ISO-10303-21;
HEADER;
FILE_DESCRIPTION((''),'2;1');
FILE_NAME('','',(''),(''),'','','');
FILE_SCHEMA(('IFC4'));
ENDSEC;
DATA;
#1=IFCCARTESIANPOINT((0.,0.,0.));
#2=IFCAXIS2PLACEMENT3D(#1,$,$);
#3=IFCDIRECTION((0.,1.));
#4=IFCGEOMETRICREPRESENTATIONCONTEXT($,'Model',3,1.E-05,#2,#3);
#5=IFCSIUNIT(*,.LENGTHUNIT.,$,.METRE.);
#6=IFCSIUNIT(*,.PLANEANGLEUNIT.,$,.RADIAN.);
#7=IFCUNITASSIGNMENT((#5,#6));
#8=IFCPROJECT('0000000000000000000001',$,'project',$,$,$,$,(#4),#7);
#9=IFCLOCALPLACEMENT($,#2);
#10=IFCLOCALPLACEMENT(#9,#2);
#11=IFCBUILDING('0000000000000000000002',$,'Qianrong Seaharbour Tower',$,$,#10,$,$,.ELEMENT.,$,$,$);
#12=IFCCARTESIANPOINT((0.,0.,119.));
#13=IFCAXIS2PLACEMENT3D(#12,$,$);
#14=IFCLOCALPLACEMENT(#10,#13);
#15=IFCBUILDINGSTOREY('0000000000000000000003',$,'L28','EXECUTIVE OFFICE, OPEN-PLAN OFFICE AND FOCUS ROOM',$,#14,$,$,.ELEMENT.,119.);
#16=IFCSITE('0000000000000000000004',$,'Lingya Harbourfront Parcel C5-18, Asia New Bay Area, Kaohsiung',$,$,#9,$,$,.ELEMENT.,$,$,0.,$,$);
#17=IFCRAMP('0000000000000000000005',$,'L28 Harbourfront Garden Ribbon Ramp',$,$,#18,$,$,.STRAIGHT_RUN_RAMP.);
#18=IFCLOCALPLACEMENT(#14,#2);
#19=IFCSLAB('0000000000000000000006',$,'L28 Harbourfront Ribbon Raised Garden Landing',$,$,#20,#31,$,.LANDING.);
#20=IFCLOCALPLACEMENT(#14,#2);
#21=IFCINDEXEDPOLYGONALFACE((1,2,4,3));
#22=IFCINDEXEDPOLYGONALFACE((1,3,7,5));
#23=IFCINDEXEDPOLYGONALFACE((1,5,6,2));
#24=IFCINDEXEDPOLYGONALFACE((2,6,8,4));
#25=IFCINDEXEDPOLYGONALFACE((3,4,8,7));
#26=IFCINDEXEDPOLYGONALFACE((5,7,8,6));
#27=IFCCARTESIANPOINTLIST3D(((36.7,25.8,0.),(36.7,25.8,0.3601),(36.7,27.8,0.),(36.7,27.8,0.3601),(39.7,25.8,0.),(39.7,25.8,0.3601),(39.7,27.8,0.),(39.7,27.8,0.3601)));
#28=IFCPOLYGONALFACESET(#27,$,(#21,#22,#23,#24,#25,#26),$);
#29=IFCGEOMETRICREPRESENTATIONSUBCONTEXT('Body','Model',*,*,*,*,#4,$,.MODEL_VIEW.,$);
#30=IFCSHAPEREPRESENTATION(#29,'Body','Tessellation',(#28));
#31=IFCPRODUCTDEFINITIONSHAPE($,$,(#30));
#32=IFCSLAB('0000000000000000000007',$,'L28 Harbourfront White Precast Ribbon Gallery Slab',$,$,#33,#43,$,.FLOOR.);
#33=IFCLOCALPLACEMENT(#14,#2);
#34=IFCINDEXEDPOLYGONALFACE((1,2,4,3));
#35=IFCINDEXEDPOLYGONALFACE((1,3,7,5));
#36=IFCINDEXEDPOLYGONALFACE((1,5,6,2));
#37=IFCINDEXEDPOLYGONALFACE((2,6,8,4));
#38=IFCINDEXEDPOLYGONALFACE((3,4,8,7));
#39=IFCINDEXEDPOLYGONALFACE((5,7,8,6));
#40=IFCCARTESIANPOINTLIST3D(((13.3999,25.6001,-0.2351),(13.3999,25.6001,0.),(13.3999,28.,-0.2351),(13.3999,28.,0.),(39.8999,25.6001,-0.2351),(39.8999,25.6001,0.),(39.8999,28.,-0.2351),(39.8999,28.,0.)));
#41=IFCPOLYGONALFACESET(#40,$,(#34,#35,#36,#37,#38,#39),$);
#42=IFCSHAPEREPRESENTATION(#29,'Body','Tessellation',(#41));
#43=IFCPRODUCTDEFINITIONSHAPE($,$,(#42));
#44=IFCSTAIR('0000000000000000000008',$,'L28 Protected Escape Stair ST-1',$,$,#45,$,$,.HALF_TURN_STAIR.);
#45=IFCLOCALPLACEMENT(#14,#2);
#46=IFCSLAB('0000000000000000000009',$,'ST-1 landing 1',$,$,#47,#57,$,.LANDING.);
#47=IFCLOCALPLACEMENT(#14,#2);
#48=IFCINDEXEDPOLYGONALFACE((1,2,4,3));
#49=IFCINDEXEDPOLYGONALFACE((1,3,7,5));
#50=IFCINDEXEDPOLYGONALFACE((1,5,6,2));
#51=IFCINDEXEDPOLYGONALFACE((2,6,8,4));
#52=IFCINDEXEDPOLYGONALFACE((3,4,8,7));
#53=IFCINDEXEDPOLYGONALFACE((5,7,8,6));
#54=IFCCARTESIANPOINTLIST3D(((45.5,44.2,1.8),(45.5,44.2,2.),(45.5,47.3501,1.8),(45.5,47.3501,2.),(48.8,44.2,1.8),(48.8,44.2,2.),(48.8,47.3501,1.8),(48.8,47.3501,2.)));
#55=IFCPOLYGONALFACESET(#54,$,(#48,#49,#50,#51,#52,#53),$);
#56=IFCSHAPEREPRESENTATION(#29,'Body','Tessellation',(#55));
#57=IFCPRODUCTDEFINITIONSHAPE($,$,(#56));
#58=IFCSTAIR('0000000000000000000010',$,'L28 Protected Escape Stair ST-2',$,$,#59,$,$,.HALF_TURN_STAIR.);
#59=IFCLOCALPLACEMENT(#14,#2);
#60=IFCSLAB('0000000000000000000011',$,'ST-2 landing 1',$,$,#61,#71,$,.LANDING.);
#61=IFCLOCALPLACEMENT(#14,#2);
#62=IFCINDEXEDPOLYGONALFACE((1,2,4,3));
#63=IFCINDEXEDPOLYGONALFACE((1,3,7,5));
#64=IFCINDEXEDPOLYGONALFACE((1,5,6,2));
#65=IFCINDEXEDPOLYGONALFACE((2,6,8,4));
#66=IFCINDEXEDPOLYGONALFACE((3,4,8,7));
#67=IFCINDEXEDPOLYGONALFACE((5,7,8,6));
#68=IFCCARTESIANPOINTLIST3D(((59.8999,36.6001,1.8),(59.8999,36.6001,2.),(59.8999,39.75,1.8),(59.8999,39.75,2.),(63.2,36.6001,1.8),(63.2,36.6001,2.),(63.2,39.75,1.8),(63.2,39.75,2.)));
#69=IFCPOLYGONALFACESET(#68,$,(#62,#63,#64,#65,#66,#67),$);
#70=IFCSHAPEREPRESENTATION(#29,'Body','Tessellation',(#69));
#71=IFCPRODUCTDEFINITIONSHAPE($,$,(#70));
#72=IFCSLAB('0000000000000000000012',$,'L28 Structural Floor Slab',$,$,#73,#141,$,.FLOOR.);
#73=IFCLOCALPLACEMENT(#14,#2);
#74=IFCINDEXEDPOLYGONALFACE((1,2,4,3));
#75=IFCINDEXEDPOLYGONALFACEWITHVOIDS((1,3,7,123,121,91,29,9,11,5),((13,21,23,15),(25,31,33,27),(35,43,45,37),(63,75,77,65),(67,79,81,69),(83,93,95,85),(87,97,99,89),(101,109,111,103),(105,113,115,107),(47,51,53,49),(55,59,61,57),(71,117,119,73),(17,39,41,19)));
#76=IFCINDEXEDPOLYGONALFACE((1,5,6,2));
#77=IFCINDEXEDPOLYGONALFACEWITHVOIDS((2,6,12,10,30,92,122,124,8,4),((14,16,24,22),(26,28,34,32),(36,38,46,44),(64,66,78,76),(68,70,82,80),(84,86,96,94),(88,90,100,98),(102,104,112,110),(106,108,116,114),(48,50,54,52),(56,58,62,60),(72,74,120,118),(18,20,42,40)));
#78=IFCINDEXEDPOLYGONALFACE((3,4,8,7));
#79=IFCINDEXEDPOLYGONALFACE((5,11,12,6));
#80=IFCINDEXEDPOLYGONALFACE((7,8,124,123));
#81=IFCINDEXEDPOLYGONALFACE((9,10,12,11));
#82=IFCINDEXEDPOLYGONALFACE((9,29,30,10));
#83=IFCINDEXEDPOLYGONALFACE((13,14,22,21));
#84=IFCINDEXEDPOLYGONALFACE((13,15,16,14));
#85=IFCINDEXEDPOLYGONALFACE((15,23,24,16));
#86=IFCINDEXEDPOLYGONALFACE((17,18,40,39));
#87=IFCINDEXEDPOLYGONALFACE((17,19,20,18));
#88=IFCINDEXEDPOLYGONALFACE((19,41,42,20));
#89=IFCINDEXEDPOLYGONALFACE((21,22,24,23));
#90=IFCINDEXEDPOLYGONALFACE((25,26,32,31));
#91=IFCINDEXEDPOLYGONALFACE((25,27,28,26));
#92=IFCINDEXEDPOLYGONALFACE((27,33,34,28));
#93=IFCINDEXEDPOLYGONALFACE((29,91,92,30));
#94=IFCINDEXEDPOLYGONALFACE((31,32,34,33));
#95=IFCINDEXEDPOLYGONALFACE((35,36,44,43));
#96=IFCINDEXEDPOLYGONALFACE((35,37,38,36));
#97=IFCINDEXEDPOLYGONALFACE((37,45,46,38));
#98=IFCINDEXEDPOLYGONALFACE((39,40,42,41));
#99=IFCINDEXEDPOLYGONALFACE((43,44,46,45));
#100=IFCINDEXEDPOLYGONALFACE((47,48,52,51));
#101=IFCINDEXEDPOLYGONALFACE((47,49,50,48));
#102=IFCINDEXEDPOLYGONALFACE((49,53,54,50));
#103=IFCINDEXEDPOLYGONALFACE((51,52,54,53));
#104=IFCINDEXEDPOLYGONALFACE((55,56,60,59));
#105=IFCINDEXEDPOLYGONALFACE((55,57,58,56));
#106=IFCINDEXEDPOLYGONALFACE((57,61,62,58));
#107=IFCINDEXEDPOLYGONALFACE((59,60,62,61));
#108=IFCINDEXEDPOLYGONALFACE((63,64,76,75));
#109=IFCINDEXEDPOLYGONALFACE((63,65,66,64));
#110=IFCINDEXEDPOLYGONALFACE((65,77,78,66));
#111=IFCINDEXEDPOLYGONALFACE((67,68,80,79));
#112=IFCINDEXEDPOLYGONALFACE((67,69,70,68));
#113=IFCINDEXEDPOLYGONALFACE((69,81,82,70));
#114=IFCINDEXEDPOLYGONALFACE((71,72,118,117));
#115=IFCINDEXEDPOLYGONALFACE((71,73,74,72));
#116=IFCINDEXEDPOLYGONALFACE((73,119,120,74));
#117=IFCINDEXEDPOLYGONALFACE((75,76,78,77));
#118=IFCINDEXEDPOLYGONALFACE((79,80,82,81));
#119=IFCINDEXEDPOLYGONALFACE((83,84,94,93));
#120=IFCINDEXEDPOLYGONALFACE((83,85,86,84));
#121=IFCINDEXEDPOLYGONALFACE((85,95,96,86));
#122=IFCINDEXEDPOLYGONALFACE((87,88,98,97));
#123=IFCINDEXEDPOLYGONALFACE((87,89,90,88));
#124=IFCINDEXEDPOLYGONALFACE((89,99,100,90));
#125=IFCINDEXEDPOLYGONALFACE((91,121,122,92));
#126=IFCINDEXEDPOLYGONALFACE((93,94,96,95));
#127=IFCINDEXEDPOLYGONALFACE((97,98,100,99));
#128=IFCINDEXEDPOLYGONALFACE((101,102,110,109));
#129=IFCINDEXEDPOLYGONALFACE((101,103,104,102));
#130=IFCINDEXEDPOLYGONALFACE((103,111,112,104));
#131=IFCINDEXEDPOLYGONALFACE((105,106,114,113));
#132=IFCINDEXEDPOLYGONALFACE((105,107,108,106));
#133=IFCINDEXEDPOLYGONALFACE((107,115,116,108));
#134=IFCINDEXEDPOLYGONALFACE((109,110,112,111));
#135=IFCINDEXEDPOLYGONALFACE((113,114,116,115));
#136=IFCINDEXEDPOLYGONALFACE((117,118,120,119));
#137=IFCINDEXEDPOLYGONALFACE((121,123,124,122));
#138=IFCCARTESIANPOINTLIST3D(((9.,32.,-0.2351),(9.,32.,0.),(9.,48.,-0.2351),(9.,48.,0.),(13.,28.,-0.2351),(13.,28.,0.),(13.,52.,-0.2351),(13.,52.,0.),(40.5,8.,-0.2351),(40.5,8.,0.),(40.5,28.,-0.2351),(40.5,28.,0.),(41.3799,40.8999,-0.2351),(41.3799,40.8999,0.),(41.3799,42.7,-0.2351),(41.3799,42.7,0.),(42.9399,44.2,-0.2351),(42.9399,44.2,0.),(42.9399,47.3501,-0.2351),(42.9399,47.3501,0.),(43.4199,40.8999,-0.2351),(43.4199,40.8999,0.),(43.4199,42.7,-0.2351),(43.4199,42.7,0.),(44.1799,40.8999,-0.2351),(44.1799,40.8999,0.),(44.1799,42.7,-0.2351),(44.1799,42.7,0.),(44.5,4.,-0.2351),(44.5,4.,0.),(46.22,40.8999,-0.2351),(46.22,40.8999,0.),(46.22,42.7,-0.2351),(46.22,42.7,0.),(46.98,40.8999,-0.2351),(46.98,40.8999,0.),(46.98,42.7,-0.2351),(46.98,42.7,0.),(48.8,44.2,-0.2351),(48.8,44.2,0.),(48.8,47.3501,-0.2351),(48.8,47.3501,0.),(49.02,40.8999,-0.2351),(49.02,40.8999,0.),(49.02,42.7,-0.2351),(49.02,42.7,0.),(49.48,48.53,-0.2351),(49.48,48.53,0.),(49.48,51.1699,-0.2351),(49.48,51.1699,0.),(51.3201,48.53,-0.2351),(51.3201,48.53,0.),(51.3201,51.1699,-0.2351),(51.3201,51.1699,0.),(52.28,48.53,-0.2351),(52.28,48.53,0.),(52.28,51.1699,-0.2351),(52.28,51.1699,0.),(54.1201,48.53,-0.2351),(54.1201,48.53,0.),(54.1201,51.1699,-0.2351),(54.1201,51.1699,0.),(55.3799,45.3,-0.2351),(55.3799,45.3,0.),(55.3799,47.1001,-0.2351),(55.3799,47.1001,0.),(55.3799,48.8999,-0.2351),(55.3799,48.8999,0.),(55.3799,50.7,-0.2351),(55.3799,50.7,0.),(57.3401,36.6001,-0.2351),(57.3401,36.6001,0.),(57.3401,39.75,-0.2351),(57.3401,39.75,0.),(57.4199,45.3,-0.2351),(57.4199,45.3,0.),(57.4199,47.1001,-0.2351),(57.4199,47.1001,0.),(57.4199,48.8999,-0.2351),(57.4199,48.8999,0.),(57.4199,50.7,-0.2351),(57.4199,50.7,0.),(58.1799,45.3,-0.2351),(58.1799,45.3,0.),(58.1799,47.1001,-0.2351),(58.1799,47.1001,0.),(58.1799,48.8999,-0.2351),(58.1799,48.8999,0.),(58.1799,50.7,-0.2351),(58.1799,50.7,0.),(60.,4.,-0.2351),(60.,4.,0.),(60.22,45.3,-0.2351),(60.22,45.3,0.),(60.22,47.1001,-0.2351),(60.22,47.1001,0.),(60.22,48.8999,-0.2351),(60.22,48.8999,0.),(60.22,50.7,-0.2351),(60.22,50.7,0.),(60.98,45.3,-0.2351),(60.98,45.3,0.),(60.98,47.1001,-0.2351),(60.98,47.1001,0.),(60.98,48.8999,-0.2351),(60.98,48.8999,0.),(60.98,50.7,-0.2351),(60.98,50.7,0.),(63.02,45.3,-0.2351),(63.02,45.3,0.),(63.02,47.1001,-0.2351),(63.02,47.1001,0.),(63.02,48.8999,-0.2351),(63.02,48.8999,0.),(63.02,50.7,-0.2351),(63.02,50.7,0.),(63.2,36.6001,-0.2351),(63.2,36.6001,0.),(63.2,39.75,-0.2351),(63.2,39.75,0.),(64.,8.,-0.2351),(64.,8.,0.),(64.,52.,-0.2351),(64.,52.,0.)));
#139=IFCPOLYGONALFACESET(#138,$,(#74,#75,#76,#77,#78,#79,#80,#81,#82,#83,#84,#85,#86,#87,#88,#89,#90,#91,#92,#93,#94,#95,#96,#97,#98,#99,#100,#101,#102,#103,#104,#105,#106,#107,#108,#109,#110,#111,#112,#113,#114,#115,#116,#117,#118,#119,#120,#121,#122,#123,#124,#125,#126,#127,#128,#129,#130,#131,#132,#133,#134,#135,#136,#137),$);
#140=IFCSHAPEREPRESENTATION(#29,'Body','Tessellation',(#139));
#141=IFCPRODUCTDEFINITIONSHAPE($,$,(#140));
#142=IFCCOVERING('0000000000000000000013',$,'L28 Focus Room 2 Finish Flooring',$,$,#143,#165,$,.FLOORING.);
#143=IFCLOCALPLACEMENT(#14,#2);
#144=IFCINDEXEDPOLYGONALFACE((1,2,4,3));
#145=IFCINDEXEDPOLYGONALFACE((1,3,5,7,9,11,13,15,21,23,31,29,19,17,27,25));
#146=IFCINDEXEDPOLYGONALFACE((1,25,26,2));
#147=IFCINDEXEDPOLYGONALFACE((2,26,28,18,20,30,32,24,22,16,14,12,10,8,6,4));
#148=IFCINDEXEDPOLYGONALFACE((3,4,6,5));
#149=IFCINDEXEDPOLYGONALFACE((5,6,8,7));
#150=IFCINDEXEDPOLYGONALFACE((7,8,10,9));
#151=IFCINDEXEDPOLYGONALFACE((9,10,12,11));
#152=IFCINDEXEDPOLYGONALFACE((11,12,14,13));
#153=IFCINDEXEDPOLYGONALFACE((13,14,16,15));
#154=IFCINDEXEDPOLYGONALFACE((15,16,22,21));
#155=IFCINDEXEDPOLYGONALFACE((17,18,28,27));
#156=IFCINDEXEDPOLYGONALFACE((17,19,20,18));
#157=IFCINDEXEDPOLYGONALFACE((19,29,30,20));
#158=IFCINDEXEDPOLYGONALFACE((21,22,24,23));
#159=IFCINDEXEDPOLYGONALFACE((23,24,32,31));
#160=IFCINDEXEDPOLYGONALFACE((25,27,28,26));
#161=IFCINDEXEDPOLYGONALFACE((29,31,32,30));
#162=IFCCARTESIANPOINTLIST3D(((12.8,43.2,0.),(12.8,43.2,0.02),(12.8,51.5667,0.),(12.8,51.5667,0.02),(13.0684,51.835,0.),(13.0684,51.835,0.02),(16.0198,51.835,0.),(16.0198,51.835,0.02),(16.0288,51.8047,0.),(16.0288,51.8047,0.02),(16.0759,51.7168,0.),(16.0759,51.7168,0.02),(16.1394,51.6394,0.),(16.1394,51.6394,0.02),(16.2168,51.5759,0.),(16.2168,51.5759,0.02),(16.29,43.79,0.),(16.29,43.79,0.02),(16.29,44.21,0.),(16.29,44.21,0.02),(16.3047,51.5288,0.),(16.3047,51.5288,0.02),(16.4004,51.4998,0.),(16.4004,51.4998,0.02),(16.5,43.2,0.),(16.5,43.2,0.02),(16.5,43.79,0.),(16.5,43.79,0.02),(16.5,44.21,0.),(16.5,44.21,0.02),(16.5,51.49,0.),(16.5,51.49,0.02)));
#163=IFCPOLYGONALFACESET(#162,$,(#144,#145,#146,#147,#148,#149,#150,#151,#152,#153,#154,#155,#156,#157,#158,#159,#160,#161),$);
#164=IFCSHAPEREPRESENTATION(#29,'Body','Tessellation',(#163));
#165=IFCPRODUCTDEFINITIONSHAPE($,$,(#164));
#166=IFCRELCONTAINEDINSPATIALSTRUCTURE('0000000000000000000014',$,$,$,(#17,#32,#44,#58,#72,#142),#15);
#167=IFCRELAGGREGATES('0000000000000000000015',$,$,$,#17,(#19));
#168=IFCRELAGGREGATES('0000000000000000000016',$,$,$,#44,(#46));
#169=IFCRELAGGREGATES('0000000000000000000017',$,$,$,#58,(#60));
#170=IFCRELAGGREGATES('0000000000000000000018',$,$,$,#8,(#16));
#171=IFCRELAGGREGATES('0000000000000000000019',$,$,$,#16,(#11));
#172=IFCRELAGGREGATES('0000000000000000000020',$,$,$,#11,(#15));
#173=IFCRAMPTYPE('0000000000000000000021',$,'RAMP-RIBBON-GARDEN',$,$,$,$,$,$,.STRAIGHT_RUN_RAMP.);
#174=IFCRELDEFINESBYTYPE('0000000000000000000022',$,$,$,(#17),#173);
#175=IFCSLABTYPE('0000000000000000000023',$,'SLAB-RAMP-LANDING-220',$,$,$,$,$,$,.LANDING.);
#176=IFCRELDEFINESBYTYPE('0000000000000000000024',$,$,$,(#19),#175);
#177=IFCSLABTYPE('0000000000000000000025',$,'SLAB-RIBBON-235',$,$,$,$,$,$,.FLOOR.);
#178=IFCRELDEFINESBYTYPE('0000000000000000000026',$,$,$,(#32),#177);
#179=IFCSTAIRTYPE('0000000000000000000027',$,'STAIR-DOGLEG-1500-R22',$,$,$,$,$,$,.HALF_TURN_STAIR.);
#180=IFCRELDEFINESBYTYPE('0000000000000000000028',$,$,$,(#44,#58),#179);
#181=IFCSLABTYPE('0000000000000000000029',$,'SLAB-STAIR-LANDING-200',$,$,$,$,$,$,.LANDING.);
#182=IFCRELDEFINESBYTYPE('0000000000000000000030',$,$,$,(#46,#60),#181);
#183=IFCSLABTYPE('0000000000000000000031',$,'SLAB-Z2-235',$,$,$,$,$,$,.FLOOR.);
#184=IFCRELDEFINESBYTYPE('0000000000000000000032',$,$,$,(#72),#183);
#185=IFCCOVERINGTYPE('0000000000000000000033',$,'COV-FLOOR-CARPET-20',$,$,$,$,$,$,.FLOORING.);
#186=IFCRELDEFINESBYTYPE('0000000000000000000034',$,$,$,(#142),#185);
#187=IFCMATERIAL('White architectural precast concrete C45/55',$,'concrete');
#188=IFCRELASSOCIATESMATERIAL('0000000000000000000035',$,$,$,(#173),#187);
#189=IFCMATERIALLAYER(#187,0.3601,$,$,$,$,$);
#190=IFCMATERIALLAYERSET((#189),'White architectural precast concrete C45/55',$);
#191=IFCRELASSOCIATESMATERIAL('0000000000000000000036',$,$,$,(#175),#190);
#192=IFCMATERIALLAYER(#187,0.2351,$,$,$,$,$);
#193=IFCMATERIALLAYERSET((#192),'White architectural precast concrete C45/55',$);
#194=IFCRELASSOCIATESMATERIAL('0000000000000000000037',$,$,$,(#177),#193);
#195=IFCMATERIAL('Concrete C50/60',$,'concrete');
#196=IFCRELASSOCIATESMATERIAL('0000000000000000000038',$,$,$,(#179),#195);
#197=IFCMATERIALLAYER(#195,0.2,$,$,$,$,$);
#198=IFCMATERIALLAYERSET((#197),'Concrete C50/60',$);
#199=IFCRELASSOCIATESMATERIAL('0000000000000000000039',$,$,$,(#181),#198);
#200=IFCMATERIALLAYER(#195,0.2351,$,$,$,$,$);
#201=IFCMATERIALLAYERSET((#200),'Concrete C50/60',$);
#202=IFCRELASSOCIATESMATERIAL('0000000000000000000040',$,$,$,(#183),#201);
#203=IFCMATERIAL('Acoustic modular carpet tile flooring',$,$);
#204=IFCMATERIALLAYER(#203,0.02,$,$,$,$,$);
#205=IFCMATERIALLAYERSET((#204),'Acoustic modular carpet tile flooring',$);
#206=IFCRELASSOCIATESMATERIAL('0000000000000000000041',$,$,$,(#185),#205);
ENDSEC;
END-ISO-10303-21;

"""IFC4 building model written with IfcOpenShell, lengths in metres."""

from ifc_helpers import new_model, si_unit, direction, frame, origin, place, context, subcontext, project, spatial, polyline, outline, extrude, material, layer, layer_set, type_object, element, aggregate, save


model = new_model("IFC4")

# Units and contexts
model_context = context("Model", 3, precision=1e-05, world=origin(), true_north=direction((0.0, 1.0)))
body_context = subcontext(model_context, "Body", "Model", "MODEL_VIEW")
ifc_project = project(units=[si_unit("LENGTHUNIT", "METRE"), si_unit("PLANEANGLEUNIT", "RADIAN")], contexts=[model_context])

# Site, building, storey
site_placement = place(None, origin())
site = spatial("IfcSite", under=ifc_project, at=site_placement, Name="Lingya Harbourfront Parcel C5-18, Asia New Bay Area, Kaohsiung", CompositionType="ELEMENT", RefElevation=0.0)
building_placement = place(site_placement, origin())
building = spatial("IfcBuilding", under=site, at=building_placement, Name="Qianrong Seaharbour Tower", CompositionType="ELEMENT")
storey_placement = place(building_placement, frame((0.0, 0.0, 119.0)))
storey = spatial("IfcBuildingStorey", under=building, at=storey_placement, Name="L28", Description="EXECUTIVE OFFICE, OPEN-PLAN OFFICE AND FOCUS ROOM", CompositionType="ELEMENT", Elevation=119.0)

# Ramp, slab
ifc_material_1 = material(Name="White architectural precast concrete C45/55", Category="concrete")
ramp_type = type_object("IfcRampType", Name="RAMP-RIBBON-GARDEN", PredefinedType="STRAIGHT_RUN_RAMP", material=ifc_material_1)
ramp_placement = place(storey_placement, origin())
ramp = element("IfcRamp", 1, at=ramp_placement, inside=storey, type_object=ramp_type, Name="L28 Harbourfront Garden Ribbon Ramp", PredefinedType="STRAIGHT_RUN_RAMP")
ifc_layer_1 = layer(ifc_material_1, 0.3601)
ifc_layer_set_1 = layer_set([ifc_layer_1], Name="White architectural precast concrete C45/55")
slab_type_1 = type_object("IfcSlabType", Name="SLAB-RAMP-LANDING-220", PredefinedType="LANDING", material=ifc_layer_set_1)
slab_1_placement = place(storey_placement, origin())
slab_1 = element("IfcSlab", 2, at=slab_1_placement, type_object=slab_type_1, Name="L28 Harbourfront Ribbon Raised Garden Landing", PredefinedType="LANDING", context=body_context, shape_type="SweptSolid", body=[
    extrude(outline(polyline([(36.7, 25.8), (39.7, 25.8), (39.7, 27.8), (36.7, 27.8), (36.7, 25.8)])), origin(), (0.0, 0.0, 1.0), 0.3601),
])
aggregate(ramp, [slab_1])

# Slab
ifc_layer_2 = layer(ifc_material_1, 0.2351)
ifc_layer_set_2 = layer_set([ifc_layer_2], Name="White architectural precast concrete C45/55")
slab_type_2 = type_object("IfcSlabType", Name="SLAB-RIBBON-235", PredefinedType="FLOOR", material=ifc_layer_set_2)
slab_2_placement = place(storey_placement, frame((0.0, 0.0, -0.2351)))
element("IfcSlab", 3, at=slab_2_placement, inside=storey, type_object=slab_type_2, Name="L28 Harbourfront White Precast Ribbon Gallery Slab", PredefinedType="FLOOR", context=body_context, shape_type="SweptSolid", body=[
    extrude(outline(polyline([(13.3999, 25.6001), (39.8999, 25.6001), (39.8999, 28.0), (13.3999, 28.0), (13.3999, 25.6001)])), origin(), (0.0, 0.0, 1.0), 0.2351),
])

# Stairs, slabs
ifc_material_2 = material(Name="Concrete C50/60", Category="concrete")
stair_type = type_object("IfcStairType", Name="STAIR-DOGLEG-1500-R22", PredefinedType="HALF_TURN_STAIR", material=ifc_material_2)
stair_1_placement = place(storey_placement, origin())
stair_1 = element("IfcStair", 4, at=stair_1_placement, inside=storey, type_object=stair_type, Name="L28 Protected Escape Stair ST-1", PredefinedType="HALF_TURN_STAIR")
ifc_layer_3 = layer(ifc_material_2, 0.2)
ifc_layer_set_3 = layer_set([ifc_layer_3], Name="Concrete C50/60")
slab_type_3 = type_object("IfcSlabType", Name="SLAB-STAIR-LANDING-200", PredefinedType="LANDING", material=ifc_layer_set_3)
slab_3_placement = place(storey_placement, frame((0.0, 0.0, 1.8)))
slab_3 = element("IfcSlab", 5, at=slab_3_placement, type_object=slab_type_3, Name="ST-1 landing 1", PredefinedType="LANDING", context=body_context, shape_type="SweptSolid", body=[
    extrude(outline(polyline([(45.5, 44.2), (48.8, 44.2), (48.8, 47.3501), (45.5, 47.3501), (45.5, 44.2)])), origin(), (0.0, 0.0, 1.0), 0.2),
])
aggregate(stair_1, [slab_3])
stair_2_placement = place(storey_placement, origin())
stair_2 = element("IfcStair", 6, at=stair_2_placement, inside=storey, type_object=stair_type, Name="L28 Protected Escape Stair ST-2", PredefinedType="HALF_TURN_STAIR")
slab_4_placement = place(storey_placement, frame((0.0, 0.0, 1.8)))
slab_4 = element("IfcSlab", 7, at=slab_4_placement, type_object=slab_type_3, Name="ST-2 landing 1", PredefinedType="LANDING", context=body_context, shape_type="SweptSolid", body=[
    extrude(outline(polyline([(59.8999, 36.6001), (63.2, 36.6001), (63.2, 39.75), (59.8999, 39.75), (59.8999, 36.6001)])), origin(), (0.0, 0.0, 1.0), 0.2),
])
aggregate(stair_2, [slab_4])

# Slab
ifc_layer_4 = layer(ifc_material_2, 0.2351)
ifc_layer_set_4 = layer_set([ifc_layer_4], Name="Concrete C50/60")
slab_type_4 = type_object("IfcSlabType", Name="SLAB-Z2-235", PredefinedType="FLOOR", material=ifc_layer_set_4)
slab_5_placement = place(storey_placement, frame((0.0, 0.0, -0.2351)))
element("IfcSlab", 8, at=slab_5_placement, inside=storey, type_object=slab_type_4, Name="L28 Structural Floor Slab", PredefinedType="FLOOR", context=body_context, shape_type="SweptSolid", body=[
    extrude(outline(polyline([(44.5, 4.0), (60.0, 4.0), (64.0, 8.0), (64.0, 52.0), (13.0, 52.0), (9.0, 48.0), (9.0, 32.0), (13.0, 28.0), (40.5, 28.0), (40.5, 8.0), (44.5, 4.0)]), holes=[polyline([(42.9399, 44.2), (42.9399, 47.3501), (48.8, 47.3501), (48.8, 44.2), (42.9399, 44.2)]), polyline([(57.3401, 36.6001), (57.3401, 39.75), (63.2, 39.75), (63.2, 36.6001), (57.3401, 36.6001)]), polyline([(49.48, 48.53), (49.48, 51.1699), (51.3201, 51.1699), (51.3201, 48.53), (49.48, 48.53)]), polyline([(52.28, 48.53), (52.28, 51.1699), (54.1201, 51.1699), (54.1201, 48.53), (52.28, 48.53)]), polyline([(41.3799, 40.8999), (41.3799, 42.7), (43.4199, 42.7), (43.4199, 40.8999), (41.3799, 40.8999)]), polyline([(44.1799, 40.8999), (44.1799, 42.7), (46.22, 42.7), (46.22, 40.8999), (44.1799, 40.8999)]), polyline([(46.98, 40.8999), (46.98, 42.7), (49.02, 42.7), (49.02, 40.8999), (46.98, 40.8999)]), polyline([(55.3799, 45.3), (55.3799, 47.1001), (57.4199, 47.1001), (57.4199, 45.3), (55.3799, 45.3)]), polyline([(58.1799, 45.3), (58.1799, 47.1001), (60.22, 47.1001), (60.22, 45.3), (58.1799, 45.3)]), polyline([(60.98, 45.3), (60.98, 47.1001), (63.02, 47.1001), (63.02, 45.3), (60.98, 45.3)]), polyline([(55.3799, 48.8999), (55.3799, 50.7), (57.4199, 50.7), (57.4199, 48.8999), (55.3799, 48.8999)]), polyline([(58.1799, 48.8999), (58.1799, 50.7), (60.22, 50.7), (60.22, 48.8999), (58.1799, 48.8999)]), polyline([(60.98, 48.8999), (60.98, 50.7), (63.02, 50.7), (63.02, 48.8999), (60.98, 48.8999)])]), origin(), (0.0, 0.0, 1.0), 0.2351),
])

# Covering
ifc_material_3 = material(Name="Acoustic modular carpet tile flooring")
ifc_layer_5 = layer(ifc_material_3, 0.02)
ifc_layer_set_5 = layer_set([ifc_layer_5], Name="Acoustic modular carpet tile flooring")
covering_type_1 = type_object("IfcCoveringType", Name="COV-FLOOR-CARPET-20", PredefinedType="FLOORING", material=ifc_layer_set_5)
covering_1_placement = place(storey_placement, origin())
element("IfcCovering", 9, at=covering_1_placement, inside=storey, type_object=covering_type_1, Name="L28 Focus Room 2 Finish Flooring", PredefinedType="FLOORING", context=body_context, shape_type="SweptSolid", body=[
    extrude(outline(polyline([(12.8, 51.5667), (13.0684, 51.835), (16.0198, 51.835), (16.0288, 51.8047), (16.0759, 51.7168), (16.1394, 51.6394), (16.2168, 51.5759), (16.3047, 51.5288), (16.4004, 51.4998), (16.5, 51.49), (16.5, 44.21), (16.29, 44.21), (16.29, 43.79), (16.5, 43.79), (16.5, 43.2), (12.8, 43.2), (12.8, 51.5667)])), origin(), (0.0, 0.0, 1.0), 0.02),
])

save(model, "model.ifc")
